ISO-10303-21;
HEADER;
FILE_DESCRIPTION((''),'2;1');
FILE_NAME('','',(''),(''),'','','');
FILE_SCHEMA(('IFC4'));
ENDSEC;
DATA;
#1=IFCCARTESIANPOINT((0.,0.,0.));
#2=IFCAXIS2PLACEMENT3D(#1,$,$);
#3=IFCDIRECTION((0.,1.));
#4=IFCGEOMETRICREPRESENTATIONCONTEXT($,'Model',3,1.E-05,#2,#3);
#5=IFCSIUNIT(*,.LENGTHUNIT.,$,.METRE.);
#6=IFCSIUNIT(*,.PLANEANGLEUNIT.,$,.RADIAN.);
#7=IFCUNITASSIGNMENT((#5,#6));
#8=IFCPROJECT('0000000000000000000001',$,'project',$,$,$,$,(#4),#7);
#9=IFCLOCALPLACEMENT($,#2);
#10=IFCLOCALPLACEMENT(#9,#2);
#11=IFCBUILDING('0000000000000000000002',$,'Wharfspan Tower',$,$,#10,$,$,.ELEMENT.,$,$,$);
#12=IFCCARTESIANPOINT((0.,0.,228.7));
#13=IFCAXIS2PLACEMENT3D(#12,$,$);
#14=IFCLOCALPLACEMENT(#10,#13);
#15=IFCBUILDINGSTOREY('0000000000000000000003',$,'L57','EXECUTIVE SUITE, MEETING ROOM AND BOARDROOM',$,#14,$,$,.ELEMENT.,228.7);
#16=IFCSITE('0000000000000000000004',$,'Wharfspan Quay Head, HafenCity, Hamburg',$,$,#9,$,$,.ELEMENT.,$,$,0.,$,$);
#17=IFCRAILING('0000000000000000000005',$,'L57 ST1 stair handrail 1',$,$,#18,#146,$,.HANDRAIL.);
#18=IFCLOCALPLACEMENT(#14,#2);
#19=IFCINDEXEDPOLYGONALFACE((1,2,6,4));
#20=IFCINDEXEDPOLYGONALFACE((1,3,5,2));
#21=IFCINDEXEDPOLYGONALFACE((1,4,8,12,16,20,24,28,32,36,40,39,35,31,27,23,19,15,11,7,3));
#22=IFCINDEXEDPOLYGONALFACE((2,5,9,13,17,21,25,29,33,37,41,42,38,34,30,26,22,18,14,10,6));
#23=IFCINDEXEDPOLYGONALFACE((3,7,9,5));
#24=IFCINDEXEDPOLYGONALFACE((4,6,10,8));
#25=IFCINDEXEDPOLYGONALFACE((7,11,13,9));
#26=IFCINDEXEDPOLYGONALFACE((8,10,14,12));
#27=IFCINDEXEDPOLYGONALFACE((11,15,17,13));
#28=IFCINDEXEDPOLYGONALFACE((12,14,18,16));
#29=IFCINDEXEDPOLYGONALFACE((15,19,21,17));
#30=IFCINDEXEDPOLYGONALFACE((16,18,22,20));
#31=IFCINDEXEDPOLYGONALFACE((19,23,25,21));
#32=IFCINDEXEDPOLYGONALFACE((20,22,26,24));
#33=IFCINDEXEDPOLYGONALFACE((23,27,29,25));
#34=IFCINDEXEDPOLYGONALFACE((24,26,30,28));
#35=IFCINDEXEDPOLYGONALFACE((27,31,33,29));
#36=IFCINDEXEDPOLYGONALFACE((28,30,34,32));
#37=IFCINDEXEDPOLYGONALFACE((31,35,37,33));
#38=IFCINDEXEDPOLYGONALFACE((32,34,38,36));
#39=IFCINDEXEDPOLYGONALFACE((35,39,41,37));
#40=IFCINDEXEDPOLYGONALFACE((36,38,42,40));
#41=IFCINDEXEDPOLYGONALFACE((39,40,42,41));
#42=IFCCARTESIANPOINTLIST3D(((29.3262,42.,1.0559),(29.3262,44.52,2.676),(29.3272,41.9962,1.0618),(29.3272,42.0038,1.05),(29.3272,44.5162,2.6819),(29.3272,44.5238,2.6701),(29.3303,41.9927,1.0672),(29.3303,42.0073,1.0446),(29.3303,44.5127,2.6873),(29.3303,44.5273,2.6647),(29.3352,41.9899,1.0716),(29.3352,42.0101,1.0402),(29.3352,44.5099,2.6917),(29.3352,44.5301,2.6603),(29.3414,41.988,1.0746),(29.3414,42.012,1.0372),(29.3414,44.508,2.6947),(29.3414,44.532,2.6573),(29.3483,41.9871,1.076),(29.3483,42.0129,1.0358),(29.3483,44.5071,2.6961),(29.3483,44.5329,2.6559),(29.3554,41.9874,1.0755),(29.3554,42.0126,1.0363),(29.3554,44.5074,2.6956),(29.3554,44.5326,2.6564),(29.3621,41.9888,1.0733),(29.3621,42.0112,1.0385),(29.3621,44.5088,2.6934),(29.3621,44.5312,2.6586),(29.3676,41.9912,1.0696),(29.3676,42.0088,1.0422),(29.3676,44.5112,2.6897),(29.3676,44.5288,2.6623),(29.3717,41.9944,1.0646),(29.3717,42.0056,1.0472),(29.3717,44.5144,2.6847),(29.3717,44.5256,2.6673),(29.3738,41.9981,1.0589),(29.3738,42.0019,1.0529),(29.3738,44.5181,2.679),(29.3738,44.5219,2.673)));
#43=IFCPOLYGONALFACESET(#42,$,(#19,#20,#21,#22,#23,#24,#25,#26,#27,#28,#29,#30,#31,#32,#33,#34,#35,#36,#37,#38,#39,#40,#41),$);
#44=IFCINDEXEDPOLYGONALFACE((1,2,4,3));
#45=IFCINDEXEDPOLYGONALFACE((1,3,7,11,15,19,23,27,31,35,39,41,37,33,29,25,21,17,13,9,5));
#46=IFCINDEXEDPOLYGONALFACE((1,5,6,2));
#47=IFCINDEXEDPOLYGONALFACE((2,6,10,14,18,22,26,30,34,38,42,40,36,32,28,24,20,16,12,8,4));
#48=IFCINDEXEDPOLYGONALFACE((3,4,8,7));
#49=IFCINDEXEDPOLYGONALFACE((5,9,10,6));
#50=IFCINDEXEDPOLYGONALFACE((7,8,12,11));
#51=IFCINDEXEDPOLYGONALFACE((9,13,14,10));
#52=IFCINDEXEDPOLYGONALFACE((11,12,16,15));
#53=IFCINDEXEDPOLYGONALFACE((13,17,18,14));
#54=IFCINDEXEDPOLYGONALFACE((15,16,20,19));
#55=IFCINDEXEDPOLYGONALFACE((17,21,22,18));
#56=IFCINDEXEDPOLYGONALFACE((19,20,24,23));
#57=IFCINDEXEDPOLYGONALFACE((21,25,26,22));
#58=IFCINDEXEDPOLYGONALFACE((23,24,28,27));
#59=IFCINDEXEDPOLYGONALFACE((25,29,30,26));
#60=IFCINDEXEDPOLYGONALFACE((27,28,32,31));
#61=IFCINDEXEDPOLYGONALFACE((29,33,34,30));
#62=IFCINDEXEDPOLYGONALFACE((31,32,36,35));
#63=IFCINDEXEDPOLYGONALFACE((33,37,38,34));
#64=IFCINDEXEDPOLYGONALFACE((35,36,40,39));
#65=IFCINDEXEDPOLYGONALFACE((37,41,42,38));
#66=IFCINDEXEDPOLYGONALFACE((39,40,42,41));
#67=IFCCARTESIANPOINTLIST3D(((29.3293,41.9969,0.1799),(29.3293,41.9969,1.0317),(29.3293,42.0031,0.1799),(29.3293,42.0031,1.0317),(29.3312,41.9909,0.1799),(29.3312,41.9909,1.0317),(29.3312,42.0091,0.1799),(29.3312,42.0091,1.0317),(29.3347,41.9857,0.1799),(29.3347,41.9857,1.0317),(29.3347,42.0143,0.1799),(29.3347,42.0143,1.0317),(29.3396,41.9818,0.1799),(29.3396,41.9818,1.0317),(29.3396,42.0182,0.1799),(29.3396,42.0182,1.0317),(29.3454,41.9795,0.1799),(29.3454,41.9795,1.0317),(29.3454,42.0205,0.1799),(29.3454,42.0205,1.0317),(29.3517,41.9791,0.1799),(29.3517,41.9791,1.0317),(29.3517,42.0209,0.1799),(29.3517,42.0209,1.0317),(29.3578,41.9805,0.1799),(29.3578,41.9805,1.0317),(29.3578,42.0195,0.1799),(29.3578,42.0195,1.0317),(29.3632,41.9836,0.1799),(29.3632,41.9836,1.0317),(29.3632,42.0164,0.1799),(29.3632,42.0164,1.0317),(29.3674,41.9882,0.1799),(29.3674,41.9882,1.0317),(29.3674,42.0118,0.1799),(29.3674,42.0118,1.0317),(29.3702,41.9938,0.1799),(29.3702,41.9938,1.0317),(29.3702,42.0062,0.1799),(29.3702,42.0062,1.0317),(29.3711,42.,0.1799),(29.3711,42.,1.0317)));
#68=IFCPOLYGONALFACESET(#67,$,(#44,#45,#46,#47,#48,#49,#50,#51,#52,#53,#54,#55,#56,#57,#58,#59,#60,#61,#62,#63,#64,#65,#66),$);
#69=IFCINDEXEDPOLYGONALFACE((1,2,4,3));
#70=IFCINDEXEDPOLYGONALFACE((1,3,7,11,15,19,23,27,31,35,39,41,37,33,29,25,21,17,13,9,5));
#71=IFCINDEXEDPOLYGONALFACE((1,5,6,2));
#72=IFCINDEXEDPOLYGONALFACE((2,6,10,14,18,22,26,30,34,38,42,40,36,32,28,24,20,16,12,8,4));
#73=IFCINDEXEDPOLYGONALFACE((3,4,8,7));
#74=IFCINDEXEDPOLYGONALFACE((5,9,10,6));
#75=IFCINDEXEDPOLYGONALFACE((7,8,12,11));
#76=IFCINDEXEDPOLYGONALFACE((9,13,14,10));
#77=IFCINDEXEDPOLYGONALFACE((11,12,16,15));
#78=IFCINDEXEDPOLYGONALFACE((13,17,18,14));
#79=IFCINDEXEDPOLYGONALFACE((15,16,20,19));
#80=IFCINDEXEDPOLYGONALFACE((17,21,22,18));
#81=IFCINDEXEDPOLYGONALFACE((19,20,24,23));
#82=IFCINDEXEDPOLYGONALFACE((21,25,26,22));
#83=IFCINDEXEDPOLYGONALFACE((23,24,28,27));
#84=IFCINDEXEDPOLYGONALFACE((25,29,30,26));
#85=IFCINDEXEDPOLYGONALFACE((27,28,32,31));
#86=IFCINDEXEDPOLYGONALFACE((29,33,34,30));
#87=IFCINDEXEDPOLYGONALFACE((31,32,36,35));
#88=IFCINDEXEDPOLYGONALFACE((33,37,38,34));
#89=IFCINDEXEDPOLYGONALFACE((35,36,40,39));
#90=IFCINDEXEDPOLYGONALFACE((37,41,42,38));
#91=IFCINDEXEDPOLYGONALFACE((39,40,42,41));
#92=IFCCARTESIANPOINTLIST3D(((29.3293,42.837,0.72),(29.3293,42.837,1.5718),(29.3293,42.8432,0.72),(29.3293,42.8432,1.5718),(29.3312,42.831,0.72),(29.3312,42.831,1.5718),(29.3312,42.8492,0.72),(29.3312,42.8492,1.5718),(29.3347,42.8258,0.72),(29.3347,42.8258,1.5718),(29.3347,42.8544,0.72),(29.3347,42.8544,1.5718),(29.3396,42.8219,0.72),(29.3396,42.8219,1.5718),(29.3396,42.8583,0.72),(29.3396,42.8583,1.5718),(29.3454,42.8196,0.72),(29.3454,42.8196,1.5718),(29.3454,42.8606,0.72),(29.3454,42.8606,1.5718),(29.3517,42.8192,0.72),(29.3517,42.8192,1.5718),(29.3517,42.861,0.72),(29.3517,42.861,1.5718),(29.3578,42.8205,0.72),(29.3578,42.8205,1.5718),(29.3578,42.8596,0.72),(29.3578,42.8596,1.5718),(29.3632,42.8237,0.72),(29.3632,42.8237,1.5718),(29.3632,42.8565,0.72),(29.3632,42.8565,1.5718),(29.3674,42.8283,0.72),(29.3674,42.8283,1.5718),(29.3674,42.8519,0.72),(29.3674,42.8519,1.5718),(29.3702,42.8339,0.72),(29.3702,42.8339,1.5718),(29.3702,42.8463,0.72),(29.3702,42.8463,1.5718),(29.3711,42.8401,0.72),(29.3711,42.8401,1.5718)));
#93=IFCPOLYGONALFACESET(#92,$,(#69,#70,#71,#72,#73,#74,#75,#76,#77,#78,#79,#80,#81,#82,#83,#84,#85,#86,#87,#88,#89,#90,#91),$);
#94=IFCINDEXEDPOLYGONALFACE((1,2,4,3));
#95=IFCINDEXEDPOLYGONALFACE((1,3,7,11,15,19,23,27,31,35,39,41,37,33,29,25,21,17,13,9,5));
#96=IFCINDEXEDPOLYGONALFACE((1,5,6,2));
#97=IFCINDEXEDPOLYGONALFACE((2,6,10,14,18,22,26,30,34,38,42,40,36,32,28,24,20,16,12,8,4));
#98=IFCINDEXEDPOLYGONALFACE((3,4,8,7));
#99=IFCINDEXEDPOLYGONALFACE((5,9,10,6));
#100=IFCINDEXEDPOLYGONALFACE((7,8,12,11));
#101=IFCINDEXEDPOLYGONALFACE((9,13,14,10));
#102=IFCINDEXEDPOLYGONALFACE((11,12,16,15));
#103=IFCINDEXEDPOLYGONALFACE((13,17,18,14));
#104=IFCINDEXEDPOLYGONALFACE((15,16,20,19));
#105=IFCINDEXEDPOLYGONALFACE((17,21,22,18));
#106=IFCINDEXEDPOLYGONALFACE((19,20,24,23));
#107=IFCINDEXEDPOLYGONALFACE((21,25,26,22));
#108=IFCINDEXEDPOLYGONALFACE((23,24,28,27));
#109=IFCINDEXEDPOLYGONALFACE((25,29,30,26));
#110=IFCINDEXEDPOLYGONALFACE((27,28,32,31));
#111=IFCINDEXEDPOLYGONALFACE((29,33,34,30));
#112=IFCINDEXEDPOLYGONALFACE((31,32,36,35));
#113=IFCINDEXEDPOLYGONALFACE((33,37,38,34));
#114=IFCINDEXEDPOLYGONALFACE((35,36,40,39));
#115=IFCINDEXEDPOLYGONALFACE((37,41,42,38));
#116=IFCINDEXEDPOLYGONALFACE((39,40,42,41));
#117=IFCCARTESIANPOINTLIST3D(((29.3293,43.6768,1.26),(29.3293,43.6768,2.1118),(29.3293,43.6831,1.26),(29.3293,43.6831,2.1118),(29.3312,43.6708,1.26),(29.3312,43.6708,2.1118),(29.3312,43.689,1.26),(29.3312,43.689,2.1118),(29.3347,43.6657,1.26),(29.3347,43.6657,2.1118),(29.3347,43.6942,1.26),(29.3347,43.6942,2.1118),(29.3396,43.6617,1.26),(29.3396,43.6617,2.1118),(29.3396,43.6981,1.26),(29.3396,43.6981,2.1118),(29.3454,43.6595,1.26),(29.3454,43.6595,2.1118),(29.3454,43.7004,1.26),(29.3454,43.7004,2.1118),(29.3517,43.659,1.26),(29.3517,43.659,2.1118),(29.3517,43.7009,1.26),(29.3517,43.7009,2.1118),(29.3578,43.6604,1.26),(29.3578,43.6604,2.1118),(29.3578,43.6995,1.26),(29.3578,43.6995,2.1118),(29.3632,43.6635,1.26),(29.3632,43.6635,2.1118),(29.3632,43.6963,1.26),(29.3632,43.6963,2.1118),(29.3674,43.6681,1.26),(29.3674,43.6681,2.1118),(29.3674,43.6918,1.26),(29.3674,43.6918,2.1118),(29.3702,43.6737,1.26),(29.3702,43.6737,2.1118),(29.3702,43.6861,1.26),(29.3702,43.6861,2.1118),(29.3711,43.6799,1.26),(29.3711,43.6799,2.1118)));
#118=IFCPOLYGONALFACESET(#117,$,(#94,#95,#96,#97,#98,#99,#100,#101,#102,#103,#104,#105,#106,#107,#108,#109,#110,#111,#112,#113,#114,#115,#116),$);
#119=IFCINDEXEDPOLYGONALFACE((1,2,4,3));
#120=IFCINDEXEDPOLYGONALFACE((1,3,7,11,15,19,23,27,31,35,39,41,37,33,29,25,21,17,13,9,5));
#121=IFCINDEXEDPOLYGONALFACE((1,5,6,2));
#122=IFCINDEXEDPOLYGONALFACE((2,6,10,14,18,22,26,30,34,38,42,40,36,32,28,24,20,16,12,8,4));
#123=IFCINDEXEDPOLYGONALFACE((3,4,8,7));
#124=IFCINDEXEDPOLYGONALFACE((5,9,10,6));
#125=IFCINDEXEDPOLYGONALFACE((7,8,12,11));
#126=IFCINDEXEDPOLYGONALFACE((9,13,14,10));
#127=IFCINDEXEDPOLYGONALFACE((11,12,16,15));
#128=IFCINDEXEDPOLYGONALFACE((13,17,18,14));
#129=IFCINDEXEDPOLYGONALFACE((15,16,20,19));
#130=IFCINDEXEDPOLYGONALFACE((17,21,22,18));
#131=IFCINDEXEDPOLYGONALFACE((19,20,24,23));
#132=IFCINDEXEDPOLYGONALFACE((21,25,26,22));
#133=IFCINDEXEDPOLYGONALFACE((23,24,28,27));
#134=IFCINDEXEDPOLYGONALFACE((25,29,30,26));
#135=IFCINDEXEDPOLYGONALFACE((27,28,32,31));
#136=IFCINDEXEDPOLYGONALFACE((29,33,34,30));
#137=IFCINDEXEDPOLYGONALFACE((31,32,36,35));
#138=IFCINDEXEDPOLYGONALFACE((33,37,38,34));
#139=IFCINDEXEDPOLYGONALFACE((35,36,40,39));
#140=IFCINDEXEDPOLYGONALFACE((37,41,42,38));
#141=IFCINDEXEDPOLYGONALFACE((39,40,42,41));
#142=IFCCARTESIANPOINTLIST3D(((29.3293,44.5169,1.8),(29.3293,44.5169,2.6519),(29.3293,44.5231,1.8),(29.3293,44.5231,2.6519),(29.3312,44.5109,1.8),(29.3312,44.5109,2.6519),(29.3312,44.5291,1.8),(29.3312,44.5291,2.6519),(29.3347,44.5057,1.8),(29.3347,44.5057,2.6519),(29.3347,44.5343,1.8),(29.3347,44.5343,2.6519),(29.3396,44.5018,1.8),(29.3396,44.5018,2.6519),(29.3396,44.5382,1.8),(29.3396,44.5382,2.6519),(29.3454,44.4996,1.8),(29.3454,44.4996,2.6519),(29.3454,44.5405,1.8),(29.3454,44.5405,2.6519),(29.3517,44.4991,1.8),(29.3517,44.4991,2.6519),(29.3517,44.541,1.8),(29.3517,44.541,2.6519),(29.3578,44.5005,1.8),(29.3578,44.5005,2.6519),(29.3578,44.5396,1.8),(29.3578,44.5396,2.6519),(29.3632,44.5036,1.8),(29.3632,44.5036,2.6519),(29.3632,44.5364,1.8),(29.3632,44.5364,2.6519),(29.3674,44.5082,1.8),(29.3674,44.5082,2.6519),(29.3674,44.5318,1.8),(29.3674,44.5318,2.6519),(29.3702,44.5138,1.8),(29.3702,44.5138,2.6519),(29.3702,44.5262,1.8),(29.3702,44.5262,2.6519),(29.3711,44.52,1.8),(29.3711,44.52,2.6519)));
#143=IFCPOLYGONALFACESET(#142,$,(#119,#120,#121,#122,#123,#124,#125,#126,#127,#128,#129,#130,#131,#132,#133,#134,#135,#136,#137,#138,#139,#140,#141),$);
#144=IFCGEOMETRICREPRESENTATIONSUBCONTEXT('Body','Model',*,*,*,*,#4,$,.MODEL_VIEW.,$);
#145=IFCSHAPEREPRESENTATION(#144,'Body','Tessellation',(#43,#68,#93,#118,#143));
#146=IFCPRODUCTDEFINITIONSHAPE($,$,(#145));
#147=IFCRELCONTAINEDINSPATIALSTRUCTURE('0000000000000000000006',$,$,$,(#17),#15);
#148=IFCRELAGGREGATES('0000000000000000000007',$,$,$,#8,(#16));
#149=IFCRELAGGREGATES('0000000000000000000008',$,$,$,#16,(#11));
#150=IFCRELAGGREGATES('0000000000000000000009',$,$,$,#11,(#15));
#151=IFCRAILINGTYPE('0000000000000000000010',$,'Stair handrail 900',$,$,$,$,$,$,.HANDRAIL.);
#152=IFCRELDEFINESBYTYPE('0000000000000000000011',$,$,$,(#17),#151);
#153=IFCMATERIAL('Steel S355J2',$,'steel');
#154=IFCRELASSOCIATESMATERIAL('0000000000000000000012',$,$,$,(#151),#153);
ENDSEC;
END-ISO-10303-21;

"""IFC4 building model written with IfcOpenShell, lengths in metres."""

from ifc_helpers import new_model, si_unit, direction, frame, origin, origin_2d, place, context, subcontext, project, spatial, circle, extrude, material, type_object, element, save


model = new_model("IFC4")

# Units and contexts
model_context = context("Model", 3, precision=1e-05, world=origin(), true_north=direction((0.0, 1.0)))
body_context = subcontext(model_context, "Body", "Model", "MODEL_VIEW")
ifc_project = project(units=[si_unit("LENGTHUNIT", "METRE"), si_unit("PLANEANGLEUNIT", "RADIAN")], contexts=[model_context])

# Site, building, storey
site_placement = place(None, origin())
site = spatial("IfcSite", under=ifc_project, at=site_placement, Name="Wharfspan Quay Head, HafenCity, Hamburg", CompositionType="ELEMENT", RefElevation=0.0)
building_placement = place(site_placement, origin())
building = spatial("IfcBuilding", under=site, at=building_placement, Name="Wharfspan Tower", CompositionType="ELEMENT")
storey_placement = place(building_placement, frame((0.0, 0.0, 228.7)))
storey = spatial("IfcBuildingStorey", under=building, at=storey_placement, Name="L57", Description="EXECUTIVE SUITE, MEETING ROOM AND BOARDROOM", CompositionType="ELEMENT", Elevation=228.7)

# Shared definitions
ifc_material_1 = material(Name="Steel S355J2", Category="steel")

# Railing
railing_type_1 = type_object("IfcRailingType", Name="Stair handrail 900", PredefinedType="HANDRAIL", material=ifc_material_1)
railing_1_placement = place(storey_placement, frame((29.3501, 42.0, 0.1799)))
element("IfcRailing", 1, at=railing_1_placement, inside=storey, type_object=railing_type_1, Name="L57 ST1 stair handrail 1", PredefinedType="HANDRAIL", context=body_context, shape_type="SweptSolid", body=[
    extrude(circle(Radius=0.0239, at=origin_2d()), frame((0.0, 0.0, 0.876), z_axis=(0.0, 0.841163, 0.540782), x_axis=(-1.0, 0.0, 0.0)), (0.0, 0.0, 1.0), 2.9958),
    extrude(circle(Radius=0.021, at=origin_2d()), origin(), (0.0, 0.0, 1.0), 0.8518),
    extrude(circle(Radius=0.021, at=origin_2d()), frame((0.0, 0.8401, 0.54)), (0.0, 0.0, 1.0), 0.8518),
    extrude(circle(Radius=0.021, at=origin_2d()), frame((0.0, 1.6799, 1.0801)), (0.0, 0.0, 1.0), 0.8518),
    extrude(circle(Radius=0.021, at=origin_2d()), frame((0.0, 2.52, 1.6201)), (0.0, 0.0, 1.0), 0.8518),
])

save(model, "model.ifc")
